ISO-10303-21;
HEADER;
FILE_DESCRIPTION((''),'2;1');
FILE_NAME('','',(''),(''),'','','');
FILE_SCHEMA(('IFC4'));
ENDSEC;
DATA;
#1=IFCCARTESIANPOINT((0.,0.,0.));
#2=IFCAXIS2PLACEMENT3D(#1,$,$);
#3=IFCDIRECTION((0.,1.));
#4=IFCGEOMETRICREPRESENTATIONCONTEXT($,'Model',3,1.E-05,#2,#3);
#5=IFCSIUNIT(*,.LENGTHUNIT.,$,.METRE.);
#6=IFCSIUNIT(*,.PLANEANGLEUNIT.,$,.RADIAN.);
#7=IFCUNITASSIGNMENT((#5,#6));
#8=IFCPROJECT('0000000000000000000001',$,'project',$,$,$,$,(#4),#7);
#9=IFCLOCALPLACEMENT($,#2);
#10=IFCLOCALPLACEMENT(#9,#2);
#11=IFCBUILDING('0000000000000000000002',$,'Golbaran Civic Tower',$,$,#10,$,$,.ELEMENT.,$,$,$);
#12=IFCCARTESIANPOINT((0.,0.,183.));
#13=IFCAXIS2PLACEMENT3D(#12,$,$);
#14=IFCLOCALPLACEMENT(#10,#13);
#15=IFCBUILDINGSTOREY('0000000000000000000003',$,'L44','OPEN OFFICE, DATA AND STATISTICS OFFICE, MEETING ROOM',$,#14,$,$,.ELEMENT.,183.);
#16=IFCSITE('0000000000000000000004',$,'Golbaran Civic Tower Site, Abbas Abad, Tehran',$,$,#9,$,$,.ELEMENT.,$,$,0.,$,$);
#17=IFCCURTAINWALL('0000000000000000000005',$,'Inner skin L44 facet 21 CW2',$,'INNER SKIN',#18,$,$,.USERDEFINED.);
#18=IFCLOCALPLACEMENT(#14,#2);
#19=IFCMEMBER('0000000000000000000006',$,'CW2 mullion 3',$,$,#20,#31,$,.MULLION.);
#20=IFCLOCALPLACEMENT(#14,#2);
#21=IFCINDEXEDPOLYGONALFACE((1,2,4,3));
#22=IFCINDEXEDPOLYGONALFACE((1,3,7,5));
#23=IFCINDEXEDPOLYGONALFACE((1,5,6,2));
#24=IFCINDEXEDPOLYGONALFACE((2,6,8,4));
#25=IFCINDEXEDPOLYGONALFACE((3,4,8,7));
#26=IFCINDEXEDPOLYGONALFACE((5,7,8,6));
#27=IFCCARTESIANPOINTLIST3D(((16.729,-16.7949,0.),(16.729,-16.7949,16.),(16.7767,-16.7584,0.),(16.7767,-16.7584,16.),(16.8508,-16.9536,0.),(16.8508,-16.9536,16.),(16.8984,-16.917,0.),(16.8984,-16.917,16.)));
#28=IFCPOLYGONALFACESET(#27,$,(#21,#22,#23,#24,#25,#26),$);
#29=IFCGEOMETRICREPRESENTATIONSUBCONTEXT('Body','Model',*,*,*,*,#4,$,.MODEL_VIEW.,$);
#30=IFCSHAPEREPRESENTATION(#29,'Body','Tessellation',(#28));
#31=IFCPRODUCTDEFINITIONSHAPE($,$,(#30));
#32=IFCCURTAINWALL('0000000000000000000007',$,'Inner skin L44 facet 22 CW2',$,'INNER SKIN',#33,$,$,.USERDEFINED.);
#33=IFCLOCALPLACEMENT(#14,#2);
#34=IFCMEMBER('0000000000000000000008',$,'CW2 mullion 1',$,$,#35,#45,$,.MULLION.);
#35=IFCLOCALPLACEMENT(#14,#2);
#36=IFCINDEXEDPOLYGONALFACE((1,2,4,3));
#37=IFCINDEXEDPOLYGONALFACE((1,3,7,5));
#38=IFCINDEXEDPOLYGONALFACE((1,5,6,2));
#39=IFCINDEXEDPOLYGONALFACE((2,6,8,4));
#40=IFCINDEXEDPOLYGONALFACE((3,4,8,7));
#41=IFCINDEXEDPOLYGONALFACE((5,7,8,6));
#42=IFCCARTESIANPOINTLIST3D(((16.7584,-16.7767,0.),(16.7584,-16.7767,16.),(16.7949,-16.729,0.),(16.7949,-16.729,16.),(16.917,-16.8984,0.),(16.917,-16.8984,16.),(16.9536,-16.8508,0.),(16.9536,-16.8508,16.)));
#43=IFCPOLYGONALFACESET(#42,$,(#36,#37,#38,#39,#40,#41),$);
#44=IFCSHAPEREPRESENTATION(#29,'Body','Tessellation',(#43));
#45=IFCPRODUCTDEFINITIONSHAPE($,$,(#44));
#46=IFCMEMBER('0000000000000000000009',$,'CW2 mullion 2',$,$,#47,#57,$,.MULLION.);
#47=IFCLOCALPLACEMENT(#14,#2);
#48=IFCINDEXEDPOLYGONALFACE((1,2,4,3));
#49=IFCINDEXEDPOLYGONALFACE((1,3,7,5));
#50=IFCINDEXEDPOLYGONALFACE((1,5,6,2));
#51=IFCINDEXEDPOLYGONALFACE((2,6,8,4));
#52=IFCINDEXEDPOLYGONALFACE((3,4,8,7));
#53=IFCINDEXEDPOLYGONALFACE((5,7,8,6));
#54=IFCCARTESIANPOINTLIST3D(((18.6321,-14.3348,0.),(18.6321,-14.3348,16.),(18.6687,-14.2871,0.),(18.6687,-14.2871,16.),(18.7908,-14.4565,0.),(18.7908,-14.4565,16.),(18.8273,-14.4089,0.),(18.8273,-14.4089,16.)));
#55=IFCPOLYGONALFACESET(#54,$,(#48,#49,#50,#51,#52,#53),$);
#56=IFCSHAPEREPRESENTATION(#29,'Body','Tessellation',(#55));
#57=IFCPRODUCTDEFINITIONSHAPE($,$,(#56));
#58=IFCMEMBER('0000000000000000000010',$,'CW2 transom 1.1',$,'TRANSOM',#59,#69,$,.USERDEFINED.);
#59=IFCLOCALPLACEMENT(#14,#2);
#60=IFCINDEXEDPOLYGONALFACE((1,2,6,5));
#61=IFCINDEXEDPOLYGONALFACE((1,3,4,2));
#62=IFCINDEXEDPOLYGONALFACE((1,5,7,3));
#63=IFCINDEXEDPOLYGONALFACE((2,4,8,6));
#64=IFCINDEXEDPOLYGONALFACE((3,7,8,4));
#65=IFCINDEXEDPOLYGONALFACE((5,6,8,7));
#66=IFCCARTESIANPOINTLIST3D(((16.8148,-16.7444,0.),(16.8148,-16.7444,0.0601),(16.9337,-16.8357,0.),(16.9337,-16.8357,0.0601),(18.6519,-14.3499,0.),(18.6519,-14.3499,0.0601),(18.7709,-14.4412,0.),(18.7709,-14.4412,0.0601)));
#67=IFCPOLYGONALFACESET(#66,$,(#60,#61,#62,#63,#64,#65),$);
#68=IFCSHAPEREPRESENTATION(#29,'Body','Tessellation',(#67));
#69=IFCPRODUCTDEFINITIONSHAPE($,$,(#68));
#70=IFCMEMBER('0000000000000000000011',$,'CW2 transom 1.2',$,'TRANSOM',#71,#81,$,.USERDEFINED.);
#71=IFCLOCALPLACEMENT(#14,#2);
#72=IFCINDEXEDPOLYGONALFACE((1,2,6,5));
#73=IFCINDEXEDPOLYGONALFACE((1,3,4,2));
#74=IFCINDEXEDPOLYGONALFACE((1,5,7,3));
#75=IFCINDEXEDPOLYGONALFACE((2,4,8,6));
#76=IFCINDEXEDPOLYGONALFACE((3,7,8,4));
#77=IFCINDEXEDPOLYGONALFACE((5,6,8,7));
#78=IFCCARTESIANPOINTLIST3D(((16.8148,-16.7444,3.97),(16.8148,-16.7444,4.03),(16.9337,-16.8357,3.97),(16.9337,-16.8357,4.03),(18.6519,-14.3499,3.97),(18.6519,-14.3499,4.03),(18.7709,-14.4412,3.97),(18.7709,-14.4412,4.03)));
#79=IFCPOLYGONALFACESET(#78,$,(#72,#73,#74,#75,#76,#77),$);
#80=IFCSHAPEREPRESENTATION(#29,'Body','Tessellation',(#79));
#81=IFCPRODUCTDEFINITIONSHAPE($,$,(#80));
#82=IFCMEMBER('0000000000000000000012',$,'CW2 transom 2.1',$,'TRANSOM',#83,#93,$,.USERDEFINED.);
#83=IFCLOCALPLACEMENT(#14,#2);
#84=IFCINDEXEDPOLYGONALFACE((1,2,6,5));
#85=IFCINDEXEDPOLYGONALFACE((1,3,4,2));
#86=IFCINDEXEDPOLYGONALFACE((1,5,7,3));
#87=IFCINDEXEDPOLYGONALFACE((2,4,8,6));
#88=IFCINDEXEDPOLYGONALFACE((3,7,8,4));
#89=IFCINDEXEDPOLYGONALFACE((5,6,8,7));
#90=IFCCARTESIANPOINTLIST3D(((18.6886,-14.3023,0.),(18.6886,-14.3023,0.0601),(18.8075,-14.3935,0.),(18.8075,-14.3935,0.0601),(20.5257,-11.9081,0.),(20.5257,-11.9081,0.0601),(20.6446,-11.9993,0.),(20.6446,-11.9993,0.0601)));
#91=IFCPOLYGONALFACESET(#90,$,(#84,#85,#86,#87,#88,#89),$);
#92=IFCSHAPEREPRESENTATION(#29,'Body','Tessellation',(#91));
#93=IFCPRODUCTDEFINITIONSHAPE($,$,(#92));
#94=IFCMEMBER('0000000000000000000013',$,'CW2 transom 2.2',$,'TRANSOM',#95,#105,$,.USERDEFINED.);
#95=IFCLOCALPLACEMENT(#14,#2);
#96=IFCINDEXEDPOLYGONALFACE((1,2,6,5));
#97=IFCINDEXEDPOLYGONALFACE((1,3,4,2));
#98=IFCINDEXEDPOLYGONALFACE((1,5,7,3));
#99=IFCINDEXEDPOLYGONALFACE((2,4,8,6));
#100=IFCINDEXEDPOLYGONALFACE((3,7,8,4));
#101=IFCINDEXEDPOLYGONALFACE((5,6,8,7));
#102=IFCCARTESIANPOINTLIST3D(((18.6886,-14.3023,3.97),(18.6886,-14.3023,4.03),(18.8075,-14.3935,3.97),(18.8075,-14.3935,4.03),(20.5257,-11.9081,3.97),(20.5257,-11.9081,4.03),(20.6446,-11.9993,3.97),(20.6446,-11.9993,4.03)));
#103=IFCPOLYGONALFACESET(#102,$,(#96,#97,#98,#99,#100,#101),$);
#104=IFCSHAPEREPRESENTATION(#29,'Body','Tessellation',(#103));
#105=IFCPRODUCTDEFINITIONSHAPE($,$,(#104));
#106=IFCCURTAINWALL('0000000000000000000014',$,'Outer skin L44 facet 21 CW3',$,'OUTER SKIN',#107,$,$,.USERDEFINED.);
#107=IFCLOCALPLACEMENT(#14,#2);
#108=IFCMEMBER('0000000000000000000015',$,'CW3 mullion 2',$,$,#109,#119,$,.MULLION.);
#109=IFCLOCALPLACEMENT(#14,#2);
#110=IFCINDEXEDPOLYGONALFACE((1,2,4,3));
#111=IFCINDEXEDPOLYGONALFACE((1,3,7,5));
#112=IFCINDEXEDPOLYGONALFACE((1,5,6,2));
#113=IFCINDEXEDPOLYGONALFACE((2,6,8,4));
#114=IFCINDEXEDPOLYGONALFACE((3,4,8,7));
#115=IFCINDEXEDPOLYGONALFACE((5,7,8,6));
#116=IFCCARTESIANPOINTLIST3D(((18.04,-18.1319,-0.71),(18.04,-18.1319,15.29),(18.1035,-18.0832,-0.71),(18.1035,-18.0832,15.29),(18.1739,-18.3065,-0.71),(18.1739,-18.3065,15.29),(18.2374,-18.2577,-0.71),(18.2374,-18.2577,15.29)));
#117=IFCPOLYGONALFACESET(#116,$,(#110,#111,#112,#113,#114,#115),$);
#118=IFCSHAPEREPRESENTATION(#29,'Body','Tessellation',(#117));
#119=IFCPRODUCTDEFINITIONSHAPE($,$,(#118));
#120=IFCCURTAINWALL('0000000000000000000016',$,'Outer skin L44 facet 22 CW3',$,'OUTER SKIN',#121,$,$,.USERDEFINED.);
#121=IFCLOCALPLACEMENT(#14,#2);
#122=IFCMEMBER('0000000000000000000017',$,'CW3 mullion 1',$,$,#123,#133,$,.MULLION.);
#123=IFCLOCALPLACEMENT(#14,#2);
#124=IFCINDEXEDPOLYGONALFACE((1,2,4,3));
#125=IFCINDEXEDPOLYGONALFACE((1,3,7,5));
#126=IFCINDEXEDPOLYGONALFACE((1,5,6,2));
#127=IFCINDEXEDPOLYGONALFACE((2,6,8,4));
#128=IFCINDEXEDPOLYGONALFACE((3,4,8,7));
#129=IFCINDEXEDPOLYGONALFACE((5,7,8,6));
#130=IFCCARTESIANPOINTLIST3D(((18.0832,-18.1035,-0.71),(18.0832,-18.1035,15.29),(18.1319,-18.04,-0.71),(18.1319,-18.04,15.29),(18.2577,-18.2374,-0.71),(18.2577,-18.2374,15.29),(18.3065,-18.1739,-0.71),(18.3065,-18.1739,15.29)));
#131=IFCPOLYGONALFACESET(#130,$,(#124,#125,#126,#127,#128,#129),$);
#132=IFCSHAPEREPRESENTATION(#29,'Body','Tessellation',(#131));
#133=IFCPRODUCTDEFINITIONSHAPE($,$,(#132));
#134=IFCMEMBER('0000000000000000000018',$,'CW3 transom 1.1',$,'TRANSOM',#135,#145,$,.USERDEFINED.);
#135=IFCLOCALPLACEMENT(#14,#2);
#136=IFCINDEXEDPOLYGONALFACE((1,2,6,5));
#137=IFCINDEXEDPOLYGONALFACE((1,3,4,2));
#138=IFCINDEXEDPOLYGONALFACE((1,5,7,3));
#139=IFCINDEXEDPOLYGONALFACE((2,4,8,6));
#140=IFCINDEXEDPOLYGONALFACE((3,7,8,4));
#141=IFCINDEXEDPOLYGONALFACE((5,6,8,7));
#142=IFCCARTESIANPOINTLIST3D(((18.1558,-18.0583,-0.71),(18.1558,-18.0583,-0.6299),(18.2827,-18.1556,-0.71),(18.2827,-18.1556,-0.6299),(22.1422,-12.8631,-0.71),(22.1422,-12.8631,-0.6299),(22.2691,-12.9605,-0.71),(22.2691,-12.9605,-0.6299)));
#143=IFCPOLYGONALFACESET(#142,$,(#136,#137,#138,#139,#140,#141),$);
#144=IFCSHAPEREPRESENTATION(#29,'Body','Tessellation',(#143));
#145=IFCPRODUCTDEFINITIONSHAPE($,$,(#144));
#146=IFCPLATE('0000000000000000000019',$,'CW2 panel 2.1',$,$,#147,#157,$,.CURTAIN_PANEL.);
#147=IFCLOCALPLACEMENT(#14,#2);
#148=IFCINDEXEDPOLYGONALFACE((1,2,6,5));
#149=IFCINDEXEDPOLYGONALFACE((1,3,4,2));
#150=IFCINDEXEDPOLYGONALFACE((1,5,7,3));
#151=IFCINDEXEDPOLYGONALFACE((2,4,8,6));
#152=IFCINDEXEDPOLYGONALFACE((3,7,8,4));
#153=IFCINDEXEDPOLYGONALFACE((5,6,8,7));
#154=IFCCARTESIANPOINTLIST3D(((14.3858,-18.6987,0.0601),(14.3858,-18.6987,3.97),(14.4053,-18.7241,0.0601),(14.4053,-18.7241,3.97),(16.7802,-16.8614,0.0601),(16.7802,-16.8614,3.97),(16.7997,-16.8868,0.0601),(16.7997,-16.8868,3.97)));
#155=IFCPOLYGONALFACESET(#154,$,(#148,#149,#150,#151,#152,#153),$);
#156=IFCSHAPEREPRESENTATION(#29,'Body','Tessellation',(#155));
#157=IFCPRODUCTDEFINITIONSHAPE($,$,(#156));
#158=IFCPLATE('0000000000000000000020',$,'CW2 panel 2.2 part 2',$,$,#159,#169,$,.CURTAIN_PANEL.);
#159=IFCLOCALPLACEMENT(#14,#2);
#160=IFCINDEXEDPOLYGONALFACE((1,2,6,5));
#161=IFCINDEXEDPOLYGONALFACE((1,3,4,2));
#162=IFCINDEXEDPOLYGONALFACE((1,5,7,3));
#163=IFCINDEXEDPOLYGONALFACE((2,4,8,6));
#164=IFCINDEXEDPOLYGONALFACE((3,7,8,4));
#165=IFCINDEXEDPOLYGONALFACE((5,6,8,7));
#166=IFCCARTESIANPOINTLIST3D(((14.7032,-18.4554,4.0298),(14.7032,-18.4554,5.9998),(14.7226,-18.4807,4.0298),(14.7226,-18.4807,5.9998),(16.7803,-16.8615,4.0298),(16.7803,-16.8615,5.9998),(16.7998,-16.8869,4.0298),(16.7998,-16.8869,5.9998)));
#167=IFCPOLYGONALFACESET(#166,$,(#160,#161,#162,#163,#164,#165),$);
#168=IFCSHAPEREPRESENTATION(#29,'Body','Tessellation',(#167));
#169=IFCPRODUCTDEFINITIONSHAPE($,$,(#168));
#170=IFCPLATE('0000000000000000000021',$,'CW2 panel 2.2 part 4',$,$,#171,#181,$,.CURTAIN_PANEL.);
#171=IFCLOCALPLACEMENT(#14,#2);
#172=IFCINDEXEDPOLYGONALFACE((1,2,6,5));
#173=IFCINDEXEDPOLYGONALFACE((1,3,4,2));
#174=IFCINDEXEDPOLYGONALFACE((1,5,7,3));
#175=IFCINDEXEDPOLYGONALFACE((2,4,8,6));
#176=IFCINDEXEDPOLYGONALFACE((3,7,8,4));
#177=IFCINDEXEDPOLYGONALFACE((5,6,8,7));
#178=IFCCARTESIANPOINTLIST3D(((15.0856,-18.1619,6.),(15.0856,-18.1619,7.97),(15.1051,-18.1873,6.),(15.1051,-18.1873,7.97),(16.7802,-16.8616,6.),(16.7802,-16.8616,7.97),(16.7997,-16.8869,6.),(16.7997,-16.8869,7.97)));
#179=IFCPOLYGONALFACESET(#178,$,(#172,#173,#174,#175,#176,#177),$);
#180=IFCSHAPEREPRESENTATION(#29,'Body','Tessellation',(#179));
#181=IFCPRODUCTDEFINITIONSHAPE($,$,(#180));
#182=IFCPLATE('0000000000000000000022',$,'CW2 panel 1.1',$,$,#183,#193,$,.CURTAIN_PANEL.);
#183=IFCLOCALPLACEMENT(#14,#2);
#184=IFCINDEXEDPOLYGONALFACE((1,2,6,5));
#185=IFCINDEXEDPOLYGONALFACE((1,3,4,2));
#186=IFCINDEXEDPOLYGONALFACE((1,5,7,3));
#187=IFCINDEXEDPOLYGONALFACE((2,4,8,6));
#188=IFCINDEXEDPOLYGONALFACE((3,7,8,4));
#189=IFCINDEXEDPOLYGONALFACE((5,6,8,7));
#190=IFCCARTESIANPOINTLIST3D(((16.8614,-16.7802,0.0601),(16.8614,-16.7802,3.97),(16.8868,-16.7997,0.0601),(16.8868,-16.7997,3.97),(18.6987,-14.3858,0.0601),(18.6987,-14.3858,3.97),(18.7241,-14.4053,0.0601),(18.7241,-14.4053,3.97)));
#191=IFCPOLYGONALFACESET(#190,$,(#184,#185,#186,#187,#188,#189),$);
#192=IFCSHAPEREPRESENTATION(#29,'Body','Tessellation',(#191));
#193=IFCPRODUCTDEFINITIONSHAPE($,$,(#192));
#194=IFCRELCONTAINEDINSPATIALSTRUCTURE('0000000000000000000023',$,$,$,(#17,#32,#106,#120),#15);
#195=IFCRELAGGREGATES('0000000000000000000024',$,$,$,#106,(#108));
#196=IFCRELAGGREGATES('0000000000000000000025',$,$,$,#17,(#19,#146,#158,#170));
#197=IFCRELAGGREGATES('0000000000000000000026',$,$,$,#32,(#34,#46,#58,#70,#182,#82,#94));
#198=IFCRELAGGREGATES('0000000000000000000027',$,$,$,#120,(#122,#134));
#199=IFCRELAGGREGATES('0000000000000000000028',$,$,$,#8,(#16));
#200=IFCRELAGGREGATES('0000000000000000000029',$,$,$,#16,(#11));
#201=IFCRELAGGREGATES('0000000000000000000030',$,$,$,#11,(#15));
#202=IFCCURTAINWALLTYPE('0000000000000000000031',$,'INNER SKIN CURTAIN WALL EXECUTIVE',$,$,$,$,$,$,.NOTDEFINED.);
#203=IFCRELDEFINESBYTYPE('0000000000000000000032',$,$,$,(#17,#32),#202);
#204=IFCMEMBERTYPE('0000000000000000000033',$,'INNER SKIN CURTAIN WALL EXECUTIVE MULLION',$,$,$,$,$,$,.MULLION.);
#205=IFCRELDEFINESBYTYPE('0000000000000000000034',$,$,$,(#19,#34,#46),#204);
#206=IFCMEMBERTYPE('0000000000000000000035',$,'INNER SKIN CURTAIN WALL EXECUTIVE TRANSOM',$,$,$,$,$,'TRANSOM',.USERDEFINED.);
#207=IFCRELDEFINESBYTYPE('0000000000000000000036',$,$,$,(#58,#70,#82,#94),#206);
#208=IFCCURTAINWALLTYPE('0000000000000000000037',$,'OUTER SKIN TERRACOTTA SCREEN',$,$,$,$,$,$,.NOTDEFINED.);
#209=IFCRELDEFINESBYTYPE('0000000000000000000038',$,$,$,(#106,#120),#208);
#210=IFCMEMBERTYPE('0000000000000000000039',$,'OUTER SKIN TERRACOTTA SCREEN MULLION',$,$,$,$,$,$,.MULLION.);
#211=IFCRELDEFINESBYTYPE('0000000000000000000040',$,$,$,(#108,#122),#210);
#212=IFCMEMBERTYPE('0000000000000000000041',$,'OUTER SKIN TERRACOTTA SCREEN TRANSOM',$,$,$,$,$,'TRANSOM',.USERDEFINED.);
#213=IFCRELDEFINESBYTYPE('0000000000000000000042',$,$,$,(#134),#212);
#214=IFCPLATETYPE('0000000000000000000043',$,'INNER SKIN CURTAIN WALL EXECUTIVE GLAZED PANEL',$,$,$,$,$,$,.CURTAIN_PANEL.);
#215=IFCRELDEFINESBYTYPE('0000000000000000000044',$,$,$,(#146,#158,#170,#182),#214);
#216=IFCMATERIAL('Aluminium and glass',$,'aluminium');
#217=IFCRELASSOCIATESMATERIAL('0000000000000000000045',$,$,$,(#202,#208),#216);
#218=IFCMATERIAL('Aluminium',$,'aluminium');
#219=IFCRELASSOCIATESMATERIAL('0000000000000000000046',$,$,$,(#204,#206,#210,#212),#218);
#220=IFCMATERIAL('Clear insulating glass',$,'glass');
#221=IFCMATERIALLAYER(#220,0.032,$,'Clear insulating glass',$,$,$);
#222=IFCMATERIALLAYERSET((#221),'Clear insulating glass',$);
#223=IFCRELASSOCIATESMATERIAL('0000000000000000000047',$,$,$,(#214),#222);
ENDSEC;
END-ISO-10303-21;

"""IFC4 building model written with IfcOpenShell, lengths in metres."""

from ifc_helpers import new_model, si_unit, direction, frame, origin, origin_2d, place, context, subcontext, project, spatial, rectangle, extrude, material, layer, layer_set, material_profile, profile_set, type_object, element, aggregate, save


model = new_model("IFC4")

# Units and contexts
model_context = context("Model", 3, precision=1e-05, world=origin(), true_north=direction((0.0, 1.0)))
body_context = subcontext(model_context, "Body", "Model", "MODEL_VIEW")
ifc_project = project(units=[si_unit("LENGTHUNIT", "METRE"), si_unit("PLANEANGLEUNIT", "RADIAN")], contexts=[model_context])

# Site, building, storey
site_placement = place(None, origin())
site = spatial("IfcSite", under=ifc_project, at=site_placement, Name="Golbaran Civic Tower Site, Abbas Abad, Tehran", CompositionType="ELEMENT", RefElevation=0.0)
building_placement = place(site_placement, origin())
building = spatial("IfcBuilding", under=site, at=building_placement, Name="Golbaran Civic Tower", CompositionType="ELEMENT")
storey_placement = place(building_placement, frame((0.0, 0.0, 183.0)))
storey = spatial("IfcBuildingStorey", under=building, at=storey_placement, Name="L44", Description="OPEN OFFICE, DATA AND STATISTICS OFFICE, MEETING ROOM", CompositionType="ELEMENT", Elevation=183.0)

# Curtain wall, member
ifc_material_1 = material(Name="Aluminium and glass", Category="aluminium")
curtain_wall_type_1 = type_object("IfcCurtainWallType", Name="INNER SKIN CURTAIN WALL EXECUTIVE", PredefinedType="NOTDEFINED", material=ifc_material_1)
curtain_wall_1_placement = place(storey_placement, origin())
curtain_wall_1 = element("IfcCurtainWall", 1, at=curtain_wall_1_placement, inside=storey, type_object=curtain_wall_type_1, Name="Inner skin L44 facet 21 CW2", ObjectType="INNER SKIN", PredefinedType="USERDEFINED")
ifc_material_2 = material(Name="Aluminium", Category="aluminium")
ifc_material_profile_1 = material_profile(ifc_material_2, rectangle(XDim=0.2, YDim=0.0601, at=origin_2d()), Name="INNER SKIN CURTAIN WALL EXECUTIVE MULLION")
ifc_profile_set_1 = profile_set([ifc_material_profile_1], Name="Aluminium")
member_type_1 = type_object("IfcMemberType", Name="INNER SKIN CURTAIN WALL EXECUTIVE MULLION", PredefinedType="MULLION", material=ifc_profile_set_1)
member_1_placement = place(storey_placement, frame((16.8137, -16.856, 0.0), z_axis=(0.0, 0.0, 1.0), x_axis=(-0.608761, 0.793353, 0.0)))
member_1 = element("IfcMember", 2, at=member_1_placement, type_object=member_type_1, Name="CW2 mullion 3", PredefinedType="MULLION", context=body_context, shape_type="SweptSolid", body=[
    extrude(rectangle(XDim=0.2, YDim=0.0601, at=origin_2d()), origin(), (0.0, 0.0, 1.0), 16.0),
])

# Curtain wall, members
curtain_wall_2_placement = place(storey_placement, origin())
curtain_wall_2 = element("IfcCurtainWall", 3, at=curtain_wall_2_placement, inside=storey, type_object=curtain_wall_type_1, Name="Inner skin L44 facet 22 CW2", ObjectType="INNER SKIN", PredefinedType="USERDEFINED")
member_2_placement = place(storey_placement, frame((16.856, -16.8137, 0.0), z_axis=(0.0, 0.0, 1.0), x_axis=(-0.793353, 0.608761, 0.0)))
member_2 = element("IfcMember", 4, at=member_2_placement, type_object=member_type_1, Name="CW2 mullion 1", PredefinedType="MULLION", context=body_context, shape_type="SweptSolid", body=[
    extrude(rectangle(XDim=0.2, YDim=0.0601, at=origin_2d()), origin(), (0.0, 0.0, 1.0), 16.0),
])
member_3_placement = place(storey_placement, frame((18.7297, -14.3718, 0.0), z_axis=(0.0, 0.0, 1.0), x_axis=(-0.793353, 0.608761, 0.0)))
member_3 = element("IfcMember", 5, at=member_3_placement, type_object=member_type_1, Name="CW2 mullion 2", PredefinedType="MULLION", context=body_context, shape_type="SweptSolid", body=[
    extrude(rectangle(XDim=0.2, YDim=0.0601, at=origin_2d()), origin(), (0.0, 0.0, 1.0), 16.0),
])
ifc_material_profile_2 = material_profile(ifc_material_2, rectangle(XDim=0.1499, YDim=0.0601, at=origin_2d()), Name="INNER SKIN CURTAIN WALL EXECUTIVE TRANSOM")
ifc_profile_set_2 = profile_set([ifc_material_profile_2], Name="Aluminium")
member_type_2 = type_object("IfcMemberType", Name="INNER SKIN CURTAIN WALL EXECUTIVE TRANSOM", ElementType="TRANSOM", PredefinedType="USERDEFINED", material=ifc_profile_set_2)
member_4_placement = place(storey_placement, frame((16.8743, -16.79, 0.03), z_axis=(0.608713, 0.79339, 0.0), x_axis=(-0.79339, 0.608713, 0.0)))
member_4 = element("IfcMember", 6, at=member_4_placement, type_object=member_type_2, Name="CW2 transom 1.1", ObjectType="TRANSOM", PredefinedType="USERDEFINED", context=body_context, shape_type="SweptSolid", body=[
    extrude(rectangle(XDim=0.1499, YDim=0.0601, at=origin_2d()), origin(), (0.0, 0.0, 1.0), 3.0181),
])
member_5_placement = place(storey_placement, frame((16.8743, -16.79, 4.0), z_axis=(0.608713, 0.79339, 0.0), x_axis=(-0.79339, 0.608713, 0.0)))
member_5 = element("IfcMember", 7, at=member_5_placement, type_object=member_type_2, Name="CW2 transom 1.2", ObjectType="TRANSOM", PredefinedType="USERDEFINED", context=body_context, shape_type="SweptSolid", body=[
    extrude(rectangle(XDim=0.1499, YDim=0.0601, at=origin_2d()), origin(), (0.0, 0.0, 1.0), 3.0181),
])
member_6_placement = place(storey_placement, frame((18.748, -14.3479, 0.03), z_axis=(0.608752, 0.79336, 0.0), x_axis=(-0.79336, 0.608752, 0.0)))
member_6 = element("IfcMember", 8, at=member_6_placement, type_object=member_type_2, Name="CW2 transom 2.1", ObjectType="TRANSOM", PredefinedType="USERDEFINED", context=body_context, shape_type="SweptSolid", body=[
    extrude(rectangle(XDim=0.1499, YDim=0.0601, at=origin_2d()), origin(), (0.0, 0.0, 1.0), 3.0178),
])
member_7_placement = place(storey_placement, frame((18.748, -14.3479, 4.0), z_axis=(0.608752, 0.79336, 0.0), x_axis=(-0.79336, 0.608752, 0.0)))
member_7 = element("IfcMember", 9, at=member_7_placement, type_object=member_type_2, Name="CW2 transom 2.2", ObjectType="TRANSOM", PredefinedType="USERDEFINED", context=body_context, shape_type="SweptSolid", body=[
    extrude(rectangle(XDim=0.1499, YDim=0.0601, at=origin_2d()), origin(), (0.0, 0.0, 1.0), 3.0178),
])

# Curtain wall, member
curtain_wall_type_2 = type_object("IfcCurtainWallType", Name="OUTER SKIN TERRACOTTA SCREEN", PredefinedType="NOTDEFINED", material=ifc_material_1)
curtain_wall_3_placement = place(storey_placement, origin())
curtain_wall_3 = element("IfcCurtainWall", 10, at=curtain_wall_3_placement, inside=storey, type_object=curtain_wall_type_2, Name="Outer skin L44 facet 21 CW3", ObjectType="OUTER SKIN", PredefinedType="USERDEFINED")
ifc_material_profile_3 = material_profile(ifc_material_2, rectangle(XDim=0.22, YDim=0.0801, at=origin_2d()), Name="OUTER SKIN TERRACOTTA SCREEN MULLION")
ifc_profile_set_3 = profile_set([ifc_material_profile_3], Name="Aluminium")
member_type_3 = type_object("IfcMemberType", Name="OUTER SKIN TERRACOTTA SCREEN MULLION", PredefinedType="MULLION", material=ifc_profile_set_3)
member_8_placement = place(storey_placement, frame((18.1387, -18.1948, -0.71), z_axis=(0.0, 0.0, 1.0), x_axis=(-0.608761, 0.793353, 0.0)))
member_8 = element("IfcMember", 11, at=member_8_placement, type_object=member_type_3, Name="CW3 mullion 2", PredefinedType="MULLION", context=body_context, shape_type="SweptSolid", body=[
    extrude(rectangle(XDim=0.22, YDim=0.0801, at=origin_2d()), origin(), (0.0, 0.0, 1.0), 16.0),
])
aggregate(curtain_wall_3, [member_8])

# Curtain wall, members
curtain_wall_4_placement = place(storey_placement, origin())
curtain_wall_4 = element("IfcCurtainWall", 12, at=curtain_wall_4_placement, inside=storey, type_object=curtain_wall_type_2, Name="Outer skin L44 facet 22 CW3", ObjectType="OUTER SKIN", PredefinedType="USERDEFINED")
member_9_placement = place(storey_placement, frame((18.1948, -18.1387, -0.71), z_axis=(0.0, 0.0, 1.0), x_axis=(-0.793353, 0.608761, 0.0)))
member_9 = element("IfcMember", 13, at=member_9_placement, type_object=member_type_3, Name="CW3 mullion 1", PredefinedType="MULLION", context=body_context, shape_type="SweptSolid", body=[
    extrude(rectangle(XDim=0.22, YDim=0.0801, at=origin_2d()), origin(), (0.0, 0.0, 1.0), 16.0),
])
ifc_material_profile_4 = material_profile(ifc_material_2, rectangle(XDim=0.1599, YDim=0.0801, at=origin_2d()), Name="OUTER SKIN TERRACOTTA SCREEN TRANSOM")
ifc_profile_set_4 = profile_set([ifc_material_profile_4], Name="Aluminium")
member_type_4 = type_object("IfcMemberType", Name="OUTER SKIN TERRACOTTA SCREEN TRANSOM", ElementType="TRANSOM", PredefinedType="USERDEFINED", material=ifc_profile_set_4)
member_10_placement = place(storey_placement, frame((18.2192, -18.1069, -0.6699), z_axis=(0.608763, 0.793352, 0.0), x_axis=(-0.793352, 0.608763, 0.0)))
member_10 = element("IfcMember", 14, at=member_10_placement, type_object=member_type_4, Name="CW3 transom 1.1", ObjectType="TRANSOM", PredefinedType="USERDEFINED", context=body_context, shape_type="SweptSolid", body=[
    extrude(rectangle(XDim=0.1599, YDim=0.0801, at=origin_2d()), origin(), (0.0, 0.0, 1.0), 6.5483),
])

# Plates
ifc_material_3 = material(Name="Clear insulating glass", Category="glass")
ifc_layer_1 = layer(ifc_material_3, 0.032, Name="Clear insulating glass")
ifc_layer_set_1 = layer_set([ifc_layer_1], Name="Clear insulating glass")
plate_type_1 = type_object("IfcPlateType", Name="INNER SKIN CURTAIN WALL EXECUTIVE GLAZED PANEL", PredefinedType="CURTAIN_PANEL", material=ifc_layer_set_1)
plate_1_placement = place(storey_placement, frame((15.5928, -17.7927, 0.0601), z_axis=(0.0, 0.0, 1.0), x_axis=(0.793353, 0.608761, 0.0)))
plate_1 = element("IfcPlate", 15, at=plate_1_placement, type_object=plate_type_1, Name="CW2 panel 2.1", PredefinedType="CURTAIN_PANEL", context=body_context, shape_type="SweptSolid", body=[
    extrude(rectangle(XDim=3.0181, YDim=0.032, at=origin_2d()), origin(), (0.0, 0.0, 1.0), 3.9099),
])
plate_2_placement = place(storey_placement, frame((15.7515, -17.6711, 4.0298), z_axis=(0.0, 0.0, 1.0), x_axis=(0.793353, 0.608761, 0.0)))
plate_2 = element("IfcPlate", 16, at=plate_2_placement, type_object=plate_type_1, Name="CW2 panel 2.2 part 2", PredefinedType="CURTAIN_PANEL", context=body_context, shape_type="SweptSolid", body=[
    extrude(rectangle(XDim=2.6182, YDim=0.032, at=origin_2d()), origin(), (0.0, 0.0, 1.0), 1.97),
])
plate_3_placement = place(storey_placement, frame((15.9426, -17.5244, 6.0), z_axis=(0.0, 0.0, 1.0), x_axis=(0.793353, 0.608761, 0.0)))
plate_3 = element("IfcPlate", 17, at=plate_3_placement, type_object=plate_type_1, Name="CW2 panel 2.2 part 4", PredefinedType="CURTAIN_PANEL", context=body_context, shape_type="SweptSolid", body=[
    extrude(rectangle(XDim=2.136, YDim=0.032, at=origin_2d()), origin(), (0.0, 0.0, 1.0), 1.97),
])
aggregate(curtain_wall_1, [member_1, plate_1, plate_2, plate_3])
plate_4_placement = place(storey_placement, frame((17.7927, -15.5928, 0.0601), z_axis=(0.0, 0.0, 1.0), x_axis=(0.608761, 0.793353, 0.0)))
plate_4 = element("IfcPlate", 18, at=plate_4_placement, type_object=plate_type_1, Name="CW2 panel 1.1", PredefinedType="CURTAIN_PANEL", context=body_context, shape_type="SweptSolid", body=[
    extrude(rectangle(XDim=3.0181, YDim=0.032, at=origin_2d()), origin(), (0.0, 0.0, 1.0), 3.9099),
])
aggregate(curtain_wall_2, [member_2, member_3, member_4, member_5, plate_4, member_6, member_7])
aggregate(curtain_wall_4, [member_9, member_10])

save(model, "model.ifc")
